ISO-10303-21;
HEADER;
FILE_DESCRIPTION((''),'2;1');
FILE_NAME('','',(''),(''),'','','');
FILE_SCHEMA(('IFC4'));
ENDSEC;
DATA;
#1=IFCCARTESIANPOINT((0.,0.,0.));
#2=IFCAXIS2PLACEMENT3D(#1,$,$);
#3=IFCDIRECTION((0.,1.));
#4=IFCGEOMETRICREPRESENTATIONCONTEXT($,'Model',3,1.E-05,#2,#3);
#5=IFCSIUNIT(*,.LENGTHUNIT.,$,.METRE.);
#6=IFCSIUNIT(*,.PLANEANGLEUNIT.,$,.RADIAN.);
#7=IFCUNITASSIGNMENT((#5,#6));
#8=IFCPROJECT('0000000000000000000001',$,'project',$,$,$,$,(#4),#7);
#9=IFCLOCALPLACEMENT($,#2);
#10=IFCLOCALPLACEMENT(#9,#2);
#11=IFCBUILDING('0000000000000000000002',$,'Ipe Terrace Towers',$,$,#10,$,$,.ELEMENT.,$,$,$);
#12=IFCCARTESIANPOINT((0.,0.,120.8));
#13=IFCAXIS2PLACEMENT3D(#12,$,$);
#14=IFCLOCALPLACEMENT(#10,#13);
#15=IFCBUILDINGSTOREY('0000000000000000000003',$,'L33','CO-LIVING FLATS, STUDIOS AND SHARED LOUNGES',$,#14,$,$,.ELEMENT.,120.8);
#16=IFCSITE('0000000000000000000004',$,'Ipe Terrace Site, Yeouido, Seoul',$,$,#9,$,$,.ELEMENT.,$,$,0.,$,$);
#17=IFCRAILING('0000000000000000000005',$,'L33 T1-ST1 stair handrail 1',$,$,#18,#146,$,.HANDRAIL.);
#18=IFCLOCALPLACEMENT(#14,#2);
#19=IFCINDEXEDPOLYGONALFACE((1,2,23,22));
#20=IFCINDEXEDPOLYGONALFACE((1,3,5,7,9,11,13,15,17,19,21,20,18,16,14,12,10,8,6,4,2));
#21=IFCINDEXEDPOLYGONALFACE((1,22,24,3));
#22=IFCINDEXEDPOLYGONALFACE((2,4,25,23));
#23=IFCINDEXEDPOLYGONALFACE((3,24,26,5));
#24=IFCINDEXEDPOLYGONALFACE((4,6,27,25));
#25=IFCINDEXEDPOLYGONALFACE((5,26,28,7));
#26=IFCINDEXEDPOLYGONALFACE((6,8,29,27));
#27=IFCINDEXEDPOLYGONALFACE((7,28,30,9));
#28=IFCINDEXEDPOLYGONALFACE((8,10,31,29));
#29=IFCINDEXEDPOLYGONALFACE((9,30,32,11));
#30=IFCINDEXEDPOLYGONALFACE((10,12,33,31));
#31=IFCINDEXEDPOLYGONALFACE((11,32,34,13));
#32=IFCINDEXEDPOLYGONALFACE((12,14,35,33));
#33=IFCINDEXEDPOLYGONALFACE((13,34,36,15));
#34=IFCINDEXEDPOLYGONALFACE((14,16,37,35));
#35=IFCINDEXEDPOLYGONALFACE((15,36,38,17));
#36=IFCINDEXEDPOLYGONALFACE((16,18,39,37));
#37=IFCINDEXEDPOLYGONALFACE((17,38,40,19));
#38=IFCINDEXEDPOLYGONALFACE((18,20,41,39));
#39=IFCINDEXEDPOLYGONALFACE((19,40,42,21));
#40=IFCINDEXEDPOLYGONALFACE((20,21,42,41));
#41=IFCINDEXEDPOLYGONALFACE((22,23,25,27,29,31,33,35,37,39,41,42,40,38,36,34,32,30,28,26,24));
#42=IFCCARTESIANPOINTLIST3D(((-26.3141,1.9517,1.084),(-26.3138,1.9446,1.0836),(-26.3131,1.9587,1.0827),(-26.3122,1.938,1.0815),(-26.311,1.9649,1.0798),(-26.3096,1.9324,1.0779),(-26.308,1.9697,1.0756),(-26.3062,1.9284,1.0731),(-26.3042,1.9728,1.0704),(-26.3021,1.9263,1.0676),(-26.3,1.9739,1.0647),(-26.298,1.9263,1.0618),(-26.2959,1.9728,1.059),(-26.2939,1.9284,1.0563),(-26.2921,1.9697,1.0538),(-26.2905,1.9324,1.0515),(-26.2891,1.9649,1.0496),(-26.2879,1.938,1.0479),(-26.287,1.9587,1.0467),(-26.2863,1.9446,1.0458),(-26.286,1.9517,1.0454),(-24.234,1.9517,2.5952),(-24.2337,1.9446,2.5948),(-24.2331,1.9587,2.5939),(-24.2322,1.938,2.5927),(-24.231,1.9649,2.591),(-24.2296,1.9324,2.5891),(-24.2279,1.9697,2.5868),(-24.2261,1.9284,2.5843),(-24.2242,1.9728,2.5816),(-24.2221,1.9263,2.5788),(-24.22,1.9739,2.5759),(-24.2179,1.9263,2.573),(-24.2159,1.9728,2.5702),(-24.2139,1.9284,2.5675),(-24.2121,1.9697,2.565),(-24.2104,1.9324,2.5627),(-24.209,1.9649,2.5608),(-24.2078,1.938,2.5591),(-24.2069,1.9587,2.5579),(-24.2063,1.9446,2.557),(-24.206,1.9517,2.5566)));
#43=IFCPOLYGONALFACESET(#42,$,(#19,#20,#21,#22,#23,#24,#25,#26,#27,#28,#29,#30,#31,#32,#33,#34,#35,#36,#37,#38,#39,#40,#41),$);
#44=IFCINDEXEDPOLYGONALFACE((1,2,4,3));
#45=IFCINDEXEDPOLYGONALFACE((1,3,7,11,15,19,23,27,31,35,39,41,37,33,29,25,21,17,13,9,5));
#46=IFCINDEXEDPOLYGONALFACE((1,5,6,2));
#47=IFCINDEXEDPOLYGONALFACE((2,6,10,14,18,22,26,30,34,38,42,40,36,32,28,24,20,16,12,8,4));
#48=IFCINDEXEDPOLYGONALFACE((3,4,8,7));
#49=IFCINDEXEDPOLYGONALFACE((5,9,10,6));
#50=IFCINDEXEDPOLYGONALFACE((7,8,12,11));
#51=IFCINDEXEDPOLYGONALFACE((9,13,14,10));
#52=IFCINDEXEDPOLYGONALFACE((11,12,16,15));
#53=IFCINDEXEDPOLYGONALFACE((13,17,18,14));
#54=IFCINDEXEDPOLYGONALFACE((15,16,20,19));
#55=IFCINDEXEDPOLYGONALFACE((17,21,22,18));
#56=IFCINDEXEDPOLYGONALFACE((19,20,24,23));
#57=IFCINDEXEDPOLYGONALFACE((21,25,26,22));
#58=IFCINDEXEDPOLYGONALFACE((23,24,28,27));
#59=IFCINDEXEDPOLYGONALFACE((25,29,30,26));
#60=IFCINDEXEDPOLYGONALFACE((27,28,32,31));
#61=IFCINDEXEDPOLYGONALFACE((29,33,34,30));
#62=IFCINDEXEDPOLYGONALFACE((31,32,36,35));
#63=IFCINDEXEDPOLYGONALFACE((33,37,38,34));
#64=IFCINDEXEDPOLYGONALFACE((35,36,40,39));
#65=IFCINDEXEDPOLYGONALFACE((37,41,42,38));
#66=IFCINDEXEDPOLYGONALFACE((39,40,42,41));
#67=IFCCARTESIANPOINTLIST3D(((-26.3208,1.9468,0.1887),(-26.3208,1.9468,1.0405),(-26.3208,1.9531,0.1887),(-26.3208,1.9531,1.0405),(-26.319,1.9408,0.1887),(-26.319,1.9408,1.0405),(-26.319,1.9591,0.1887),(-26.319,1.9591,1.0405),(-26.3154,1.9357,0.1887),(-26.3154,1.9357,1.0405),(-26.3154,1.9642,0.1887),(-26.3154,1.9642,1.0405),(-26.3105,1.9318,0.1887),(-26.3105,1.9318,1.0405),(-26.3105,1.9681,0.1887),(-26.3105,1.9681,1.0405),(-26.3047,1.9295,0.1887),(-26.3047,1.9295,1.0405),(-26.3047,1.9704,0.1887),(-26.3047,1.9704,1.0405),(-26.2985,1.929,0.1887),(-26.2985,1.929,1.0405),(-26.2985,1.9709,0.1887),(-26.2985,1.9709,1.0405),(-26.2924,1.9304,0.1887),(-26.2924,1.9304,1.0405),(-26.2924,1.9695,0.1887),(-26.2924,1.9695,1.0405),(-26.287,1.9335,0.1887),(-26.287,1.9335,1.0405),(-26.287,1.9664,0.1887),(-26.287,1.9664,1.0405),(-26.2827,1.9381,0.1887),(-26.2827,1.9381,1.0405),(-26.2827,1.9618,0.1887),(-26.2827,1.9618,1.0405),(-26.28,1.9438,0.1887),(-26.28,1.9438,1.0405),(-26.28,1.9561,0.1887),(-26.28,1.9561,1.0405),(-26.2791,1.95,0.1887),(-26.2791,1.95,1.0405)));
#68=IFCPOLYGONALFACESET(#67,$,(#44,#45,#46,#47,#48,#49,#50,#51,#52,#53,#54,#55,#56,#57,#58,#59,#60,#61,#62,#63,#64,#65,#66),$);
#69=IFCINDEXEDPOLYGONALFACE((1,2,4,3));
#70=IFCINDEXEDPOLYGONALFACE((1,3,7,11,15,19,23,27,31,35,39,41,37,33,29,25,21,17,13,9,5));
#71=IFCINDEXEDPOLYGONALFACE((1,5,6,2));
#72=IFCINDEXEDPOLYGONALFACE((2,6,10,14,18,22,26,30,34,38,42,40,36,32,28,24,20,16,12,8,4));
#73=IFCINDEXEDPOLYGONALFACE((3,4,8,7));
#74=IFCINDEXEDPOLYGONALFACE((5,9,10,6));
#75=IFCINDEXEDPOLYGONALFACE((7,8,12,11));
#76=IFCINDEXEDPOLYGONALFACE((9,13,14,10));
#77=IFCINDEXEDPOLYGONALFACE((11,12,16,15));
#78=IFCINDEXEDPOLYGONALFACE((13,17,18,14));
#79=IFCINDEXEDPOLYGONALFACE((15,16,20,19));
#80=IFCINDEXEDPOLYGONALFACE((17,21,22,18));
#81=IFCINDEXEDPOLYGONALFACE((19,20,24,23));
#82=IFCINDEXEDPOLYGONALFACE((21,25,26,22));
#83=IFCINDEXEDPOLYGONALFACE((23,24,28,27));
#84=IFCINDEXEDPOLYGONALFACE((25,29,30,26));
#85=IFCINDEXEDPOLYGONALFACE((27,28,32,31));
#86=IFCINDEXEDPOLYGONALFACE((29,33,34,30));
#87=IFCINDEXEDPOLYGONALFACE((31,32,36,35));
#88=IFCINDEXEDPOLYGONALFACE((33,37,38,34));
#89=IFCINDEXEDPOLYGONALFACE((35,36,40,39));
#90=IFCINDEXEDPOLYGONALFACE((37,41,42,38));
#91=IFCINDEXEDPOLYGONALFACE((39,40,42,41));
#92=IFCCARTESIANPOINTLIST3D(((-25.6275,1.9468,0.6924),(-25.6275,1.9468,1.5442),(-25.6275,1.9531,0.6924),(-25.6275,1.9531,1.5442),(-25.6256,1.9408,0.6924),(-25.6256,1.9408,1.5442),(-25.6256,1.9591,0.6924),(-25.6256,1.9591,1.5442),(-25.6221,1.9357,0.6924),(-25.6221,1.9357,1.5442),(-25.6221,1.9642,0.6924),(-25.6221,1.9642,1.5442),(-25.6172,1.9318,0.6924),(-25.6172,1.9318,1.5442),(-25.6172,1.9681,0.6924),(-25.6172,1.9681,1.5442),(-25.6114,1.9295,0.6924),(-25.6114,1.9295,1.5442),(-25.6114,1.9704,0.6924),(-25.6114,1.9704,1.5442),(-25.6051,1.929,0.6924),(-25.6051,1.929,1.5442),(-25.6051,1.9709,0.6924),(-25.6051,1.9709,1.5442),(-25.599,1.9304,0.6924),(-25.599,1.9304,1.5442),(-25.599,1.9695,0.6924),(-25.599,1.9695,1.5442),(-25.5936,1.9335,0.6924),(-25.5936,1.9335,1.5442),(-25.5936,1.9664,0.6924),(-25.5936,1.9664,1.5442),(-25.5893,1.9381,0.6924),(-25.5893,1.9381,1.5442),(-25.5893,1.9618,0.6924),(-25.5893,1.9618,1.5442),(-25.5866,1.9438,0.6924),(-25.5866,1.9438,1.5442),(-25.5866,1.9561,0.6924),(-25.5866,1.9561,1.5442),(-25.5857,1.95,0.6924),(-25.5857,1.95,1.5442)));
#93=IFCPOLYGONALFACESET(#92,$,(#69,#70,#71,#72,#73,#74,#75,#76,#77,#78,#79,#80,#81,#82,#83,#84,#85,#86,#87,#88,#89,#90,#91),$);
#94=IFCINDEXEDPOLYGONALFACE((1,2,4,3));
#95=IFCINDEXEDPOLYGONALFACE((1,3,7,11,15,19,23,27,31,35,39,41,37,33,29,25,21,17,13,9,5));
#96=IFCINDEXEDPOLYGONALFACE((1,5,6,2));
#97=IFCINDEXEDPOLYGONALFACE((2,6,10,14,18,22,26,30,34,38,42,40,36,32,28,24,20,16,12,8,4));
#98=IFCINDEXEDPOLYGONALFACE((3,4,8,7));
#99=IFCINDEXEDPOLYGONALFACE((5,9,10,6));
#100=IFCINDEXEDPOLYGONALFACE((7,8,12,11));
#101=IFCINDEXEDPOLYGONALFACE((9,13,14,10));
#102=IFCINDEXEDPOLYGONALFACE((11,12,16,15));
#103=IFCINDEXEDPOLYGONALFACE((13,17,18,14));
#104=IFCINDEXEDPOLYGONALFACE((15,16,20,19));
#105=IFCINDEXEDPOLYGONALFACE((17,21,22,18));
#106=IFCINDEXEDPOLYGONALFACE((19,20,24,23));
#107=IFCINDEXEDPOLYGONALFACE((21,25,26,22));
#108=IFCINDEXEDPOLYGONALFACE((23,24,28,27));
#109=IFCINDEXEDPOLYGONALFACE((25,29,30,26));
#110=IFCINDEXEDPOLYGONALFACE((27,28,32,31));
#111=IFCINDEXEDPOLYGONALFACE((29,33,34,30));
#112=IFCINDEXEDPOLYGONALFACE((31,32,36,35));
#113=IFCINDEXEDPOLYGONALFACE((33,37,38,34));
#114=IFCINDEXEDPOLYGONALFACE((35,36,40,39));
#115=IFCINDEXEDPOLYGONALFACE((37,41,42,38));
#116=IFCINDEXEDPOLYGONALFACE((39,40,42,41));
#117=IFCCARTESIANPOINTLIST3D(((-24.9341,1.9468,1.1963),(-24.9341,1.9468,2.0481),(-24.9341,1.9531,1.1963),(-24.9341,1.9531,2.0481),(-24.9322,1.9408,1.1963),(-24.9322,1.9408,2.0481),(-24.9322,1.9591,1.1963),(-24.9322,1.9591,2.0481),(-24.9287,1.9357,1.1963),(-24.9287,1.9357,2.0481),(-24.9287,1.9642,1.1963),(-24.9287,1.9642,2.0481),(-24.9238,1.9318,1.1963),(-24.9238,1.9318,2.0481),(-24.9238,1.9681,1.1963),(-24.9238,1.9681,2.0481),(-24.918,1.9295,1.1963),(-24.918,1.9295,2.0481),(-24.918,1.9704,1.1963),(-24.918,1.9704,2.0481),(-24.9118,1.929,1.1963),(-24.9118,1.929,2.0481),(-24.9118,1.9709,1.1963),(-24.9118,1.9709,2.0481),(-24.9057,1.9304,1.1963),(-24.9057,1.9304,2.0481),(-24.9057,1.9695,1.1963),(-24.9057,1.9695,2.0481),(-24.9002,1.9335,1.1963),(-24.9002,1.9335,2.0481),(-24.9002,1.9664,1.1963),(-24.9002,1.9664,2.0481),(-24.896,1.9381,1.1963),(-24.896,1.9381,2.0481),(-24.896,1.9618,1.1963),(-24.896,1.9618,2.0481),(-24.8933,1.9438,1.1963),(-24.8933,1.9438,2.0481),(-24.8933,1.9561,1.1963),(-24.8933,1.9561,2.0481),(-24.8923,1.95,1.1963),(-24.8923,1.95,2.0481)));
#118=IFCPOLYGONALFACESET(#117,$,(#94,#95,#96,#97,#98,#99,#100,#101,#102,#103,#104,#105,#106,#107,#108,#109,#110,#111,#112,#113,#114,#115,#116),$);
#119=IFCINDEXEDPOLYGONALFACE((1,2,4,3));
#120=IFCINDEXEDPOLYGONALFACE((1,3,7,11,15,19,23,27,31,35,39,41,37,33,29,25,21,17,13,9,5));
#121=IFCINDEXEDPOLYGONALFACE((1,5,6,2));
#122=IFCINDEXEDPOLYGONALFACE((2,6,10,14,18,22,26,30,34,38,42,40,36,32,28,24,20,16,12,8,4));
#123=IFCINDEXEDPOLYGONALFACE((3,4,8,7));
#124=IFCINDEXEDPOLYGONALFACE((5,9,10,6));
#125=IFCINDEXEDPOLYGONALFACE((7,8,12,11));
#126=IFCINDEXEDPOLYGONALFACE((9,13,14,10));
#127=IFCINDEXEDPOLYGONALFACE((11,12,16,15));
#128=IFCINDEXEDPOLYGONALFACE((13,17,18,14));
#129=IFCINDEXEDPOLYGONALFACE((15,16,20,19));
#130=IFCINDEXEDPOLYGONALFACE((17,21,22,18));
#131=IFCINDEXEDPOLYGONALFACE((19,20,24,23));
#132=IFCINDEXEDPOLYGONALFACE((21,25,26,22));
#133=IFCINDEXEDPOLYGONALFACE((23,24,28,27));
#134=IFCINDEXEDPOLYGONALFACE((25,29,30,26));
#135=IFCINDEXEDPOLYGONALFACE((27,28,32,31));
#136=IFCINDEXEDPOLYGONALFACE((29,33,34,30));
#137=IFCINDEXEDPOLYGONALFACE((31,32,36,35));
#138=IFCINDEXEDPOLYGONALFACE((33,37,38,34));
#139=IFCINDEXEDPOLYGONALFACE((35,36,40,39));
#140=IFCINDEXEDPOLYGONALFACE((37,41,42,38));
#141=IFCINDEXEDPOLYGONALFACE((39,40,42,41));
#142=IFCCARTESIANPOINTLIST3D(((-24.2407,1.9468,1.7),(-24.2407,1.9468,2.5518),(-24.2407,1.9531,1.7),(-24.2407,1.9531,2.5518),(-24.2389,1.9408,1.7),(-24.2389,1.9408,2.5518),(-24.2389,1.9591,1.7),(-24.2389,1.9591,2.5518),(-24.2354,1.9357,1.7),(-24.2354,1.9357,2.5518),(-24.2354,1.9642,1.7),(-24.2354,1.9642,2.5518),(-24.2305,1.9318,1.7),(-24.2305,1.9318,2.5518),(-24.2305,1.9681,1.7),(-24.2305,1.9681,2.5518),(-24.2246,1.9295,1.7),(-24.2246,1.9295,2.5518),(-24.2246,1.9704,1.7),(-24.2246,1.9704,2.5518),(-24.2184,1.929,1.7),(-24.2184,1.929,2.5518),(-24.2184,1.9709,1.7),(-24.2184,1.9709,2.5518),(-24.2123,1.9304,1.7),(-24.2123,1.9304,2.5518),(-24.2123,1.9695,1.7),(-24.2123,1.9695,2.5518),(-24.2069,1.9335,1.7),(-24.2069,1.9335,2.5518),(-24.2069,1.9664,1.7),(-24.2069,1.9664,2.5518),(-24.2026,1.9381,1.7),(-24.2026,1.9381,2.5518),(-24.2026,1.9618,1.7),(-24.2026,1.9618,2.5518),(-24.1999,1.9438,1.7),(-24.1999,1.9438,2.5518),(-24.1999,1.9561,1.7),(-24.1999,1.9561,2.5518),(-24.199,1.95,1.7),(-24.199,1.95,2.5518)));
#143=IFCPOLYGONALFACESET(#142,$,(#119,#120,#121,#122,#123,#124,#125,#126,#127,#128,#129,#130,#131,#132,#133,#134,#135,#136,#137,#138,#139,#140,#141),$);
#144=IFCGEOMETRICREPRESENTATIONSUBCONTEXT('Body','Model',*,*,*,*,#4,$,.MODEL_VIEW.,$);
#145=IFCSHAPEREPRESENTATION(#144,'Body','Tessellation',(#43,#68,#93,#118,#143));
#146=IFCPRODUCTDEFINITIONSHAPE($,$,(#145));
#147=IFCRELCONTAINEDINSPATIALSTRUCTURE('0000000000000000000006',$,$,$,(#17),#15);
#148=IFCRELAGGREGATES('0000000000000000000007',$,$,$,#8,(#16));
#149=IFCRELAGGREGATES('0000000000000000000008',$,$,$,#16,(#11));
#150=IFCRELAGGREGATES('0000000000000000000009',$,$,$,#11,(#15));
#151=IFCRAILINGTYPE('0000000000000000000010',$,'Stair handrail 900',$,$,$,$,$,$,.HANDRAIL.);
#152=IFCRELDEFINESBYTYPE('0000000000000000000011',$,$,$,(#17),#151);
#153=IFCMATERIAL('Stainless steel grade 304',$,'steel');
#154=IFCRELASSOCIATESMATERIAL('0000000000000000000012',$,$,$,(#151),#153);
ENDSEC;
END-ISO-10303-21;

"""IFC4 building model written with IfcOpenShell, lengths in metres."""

from ifc_helpers import new_model, si_unit, direction, frame, origin, origin_2d, place, context, subcontext, project, spatial, circle, extrude, material, type_object, element, save


model = new_model("IFC4")

# Units and contexts
model_context = context("Model", 3, precision=1e-05, world=origin(), true_north=direction((0.0, 1.0)))
body_context = subcontext(model_context, "Body", "Model", "MODEL_VIEW")
ifc_project = project(units=[si_unit("LENGTHUNIT", "METRE"), si_unit("PLANEANGLEUNIT", "RADIAN")], contexts=[model_context])

# Site, building, storey
site_placement = place(None, origin())
site = spatial("IfcSite", under=ifc_project, at=site_placement, Name="Ipe Terrace Site, Yeouido, Seoul", CompositionType="ELEMENT", RefElevation=0.0)
building_placement = place(site_placement, origin())
building = spatial("IfcBuilding", under=site, at=building_placement, Name="Ipe Terrace Towers", CompositionType="ELEMENT")
storey_placement = place(building_placement, frame((0.0, 0.0, 120.8)))
storey = spatial("IfcBuildingStorey", under=building, at=storey_placement, Name="L33", Description="CO-LIVING FLATS, STUDIOS AND SHARED LOUNGES", CompositionType="ELEMENT", Elevation=120.8)

# Railing
ifc_material_1 = material(Name="Stainless steel grade 304", Category="steel")
railing_type = type_object("IfcRailingType", Name="Stair handrail 900", PredefinedType="HANDRAIL", material=ifc_material_1)
railing_1_placement = place(storey_placement, frame((-26.3, 1.95, 0.1887)))
element("IfcRailing", 1, at=railing_1_placement, inside=storey, type_object=railing_type, Name="L33 T1-ST1 stair handrail 1", PredefinedType="HANDRAIL", context=body_context, shape_type="SweptSolid", body=[
    extrude(circle(Radius=0.0239, at=origin_2d()), frame((0.0, 0.0, 0.876), z_axis=(0.809023, 0.0, 0.587776), x_axis=(0.0, 1.0, 0.0)), (0.0, 0.0, 1.0), 2.571),
    extrude(circle(Radius=0.021, at=origin_2d()), origin(), (0.0, 0.0, 1.0), 0.8518),
    extrude(circle(Radius=0.021, at=origin_2d()), frame((0.6934, 0.0, 0.5037)), (0.0, 0.0, 1.0), 0.8518),
    extrude(circle(Radius=0.021, at=origin_2d()), frame((1.3867, 0.0, 1.0076)), (0.0, 0.0, 1.0), 0.8518),
    extrude(circle(Radius=0.021, at=origin_2d()), frame((2.0801, 0.0, 1.5112)), (0.0, 0.0, 1.0), 0.8518),
])

save(model, "model.ifc")
